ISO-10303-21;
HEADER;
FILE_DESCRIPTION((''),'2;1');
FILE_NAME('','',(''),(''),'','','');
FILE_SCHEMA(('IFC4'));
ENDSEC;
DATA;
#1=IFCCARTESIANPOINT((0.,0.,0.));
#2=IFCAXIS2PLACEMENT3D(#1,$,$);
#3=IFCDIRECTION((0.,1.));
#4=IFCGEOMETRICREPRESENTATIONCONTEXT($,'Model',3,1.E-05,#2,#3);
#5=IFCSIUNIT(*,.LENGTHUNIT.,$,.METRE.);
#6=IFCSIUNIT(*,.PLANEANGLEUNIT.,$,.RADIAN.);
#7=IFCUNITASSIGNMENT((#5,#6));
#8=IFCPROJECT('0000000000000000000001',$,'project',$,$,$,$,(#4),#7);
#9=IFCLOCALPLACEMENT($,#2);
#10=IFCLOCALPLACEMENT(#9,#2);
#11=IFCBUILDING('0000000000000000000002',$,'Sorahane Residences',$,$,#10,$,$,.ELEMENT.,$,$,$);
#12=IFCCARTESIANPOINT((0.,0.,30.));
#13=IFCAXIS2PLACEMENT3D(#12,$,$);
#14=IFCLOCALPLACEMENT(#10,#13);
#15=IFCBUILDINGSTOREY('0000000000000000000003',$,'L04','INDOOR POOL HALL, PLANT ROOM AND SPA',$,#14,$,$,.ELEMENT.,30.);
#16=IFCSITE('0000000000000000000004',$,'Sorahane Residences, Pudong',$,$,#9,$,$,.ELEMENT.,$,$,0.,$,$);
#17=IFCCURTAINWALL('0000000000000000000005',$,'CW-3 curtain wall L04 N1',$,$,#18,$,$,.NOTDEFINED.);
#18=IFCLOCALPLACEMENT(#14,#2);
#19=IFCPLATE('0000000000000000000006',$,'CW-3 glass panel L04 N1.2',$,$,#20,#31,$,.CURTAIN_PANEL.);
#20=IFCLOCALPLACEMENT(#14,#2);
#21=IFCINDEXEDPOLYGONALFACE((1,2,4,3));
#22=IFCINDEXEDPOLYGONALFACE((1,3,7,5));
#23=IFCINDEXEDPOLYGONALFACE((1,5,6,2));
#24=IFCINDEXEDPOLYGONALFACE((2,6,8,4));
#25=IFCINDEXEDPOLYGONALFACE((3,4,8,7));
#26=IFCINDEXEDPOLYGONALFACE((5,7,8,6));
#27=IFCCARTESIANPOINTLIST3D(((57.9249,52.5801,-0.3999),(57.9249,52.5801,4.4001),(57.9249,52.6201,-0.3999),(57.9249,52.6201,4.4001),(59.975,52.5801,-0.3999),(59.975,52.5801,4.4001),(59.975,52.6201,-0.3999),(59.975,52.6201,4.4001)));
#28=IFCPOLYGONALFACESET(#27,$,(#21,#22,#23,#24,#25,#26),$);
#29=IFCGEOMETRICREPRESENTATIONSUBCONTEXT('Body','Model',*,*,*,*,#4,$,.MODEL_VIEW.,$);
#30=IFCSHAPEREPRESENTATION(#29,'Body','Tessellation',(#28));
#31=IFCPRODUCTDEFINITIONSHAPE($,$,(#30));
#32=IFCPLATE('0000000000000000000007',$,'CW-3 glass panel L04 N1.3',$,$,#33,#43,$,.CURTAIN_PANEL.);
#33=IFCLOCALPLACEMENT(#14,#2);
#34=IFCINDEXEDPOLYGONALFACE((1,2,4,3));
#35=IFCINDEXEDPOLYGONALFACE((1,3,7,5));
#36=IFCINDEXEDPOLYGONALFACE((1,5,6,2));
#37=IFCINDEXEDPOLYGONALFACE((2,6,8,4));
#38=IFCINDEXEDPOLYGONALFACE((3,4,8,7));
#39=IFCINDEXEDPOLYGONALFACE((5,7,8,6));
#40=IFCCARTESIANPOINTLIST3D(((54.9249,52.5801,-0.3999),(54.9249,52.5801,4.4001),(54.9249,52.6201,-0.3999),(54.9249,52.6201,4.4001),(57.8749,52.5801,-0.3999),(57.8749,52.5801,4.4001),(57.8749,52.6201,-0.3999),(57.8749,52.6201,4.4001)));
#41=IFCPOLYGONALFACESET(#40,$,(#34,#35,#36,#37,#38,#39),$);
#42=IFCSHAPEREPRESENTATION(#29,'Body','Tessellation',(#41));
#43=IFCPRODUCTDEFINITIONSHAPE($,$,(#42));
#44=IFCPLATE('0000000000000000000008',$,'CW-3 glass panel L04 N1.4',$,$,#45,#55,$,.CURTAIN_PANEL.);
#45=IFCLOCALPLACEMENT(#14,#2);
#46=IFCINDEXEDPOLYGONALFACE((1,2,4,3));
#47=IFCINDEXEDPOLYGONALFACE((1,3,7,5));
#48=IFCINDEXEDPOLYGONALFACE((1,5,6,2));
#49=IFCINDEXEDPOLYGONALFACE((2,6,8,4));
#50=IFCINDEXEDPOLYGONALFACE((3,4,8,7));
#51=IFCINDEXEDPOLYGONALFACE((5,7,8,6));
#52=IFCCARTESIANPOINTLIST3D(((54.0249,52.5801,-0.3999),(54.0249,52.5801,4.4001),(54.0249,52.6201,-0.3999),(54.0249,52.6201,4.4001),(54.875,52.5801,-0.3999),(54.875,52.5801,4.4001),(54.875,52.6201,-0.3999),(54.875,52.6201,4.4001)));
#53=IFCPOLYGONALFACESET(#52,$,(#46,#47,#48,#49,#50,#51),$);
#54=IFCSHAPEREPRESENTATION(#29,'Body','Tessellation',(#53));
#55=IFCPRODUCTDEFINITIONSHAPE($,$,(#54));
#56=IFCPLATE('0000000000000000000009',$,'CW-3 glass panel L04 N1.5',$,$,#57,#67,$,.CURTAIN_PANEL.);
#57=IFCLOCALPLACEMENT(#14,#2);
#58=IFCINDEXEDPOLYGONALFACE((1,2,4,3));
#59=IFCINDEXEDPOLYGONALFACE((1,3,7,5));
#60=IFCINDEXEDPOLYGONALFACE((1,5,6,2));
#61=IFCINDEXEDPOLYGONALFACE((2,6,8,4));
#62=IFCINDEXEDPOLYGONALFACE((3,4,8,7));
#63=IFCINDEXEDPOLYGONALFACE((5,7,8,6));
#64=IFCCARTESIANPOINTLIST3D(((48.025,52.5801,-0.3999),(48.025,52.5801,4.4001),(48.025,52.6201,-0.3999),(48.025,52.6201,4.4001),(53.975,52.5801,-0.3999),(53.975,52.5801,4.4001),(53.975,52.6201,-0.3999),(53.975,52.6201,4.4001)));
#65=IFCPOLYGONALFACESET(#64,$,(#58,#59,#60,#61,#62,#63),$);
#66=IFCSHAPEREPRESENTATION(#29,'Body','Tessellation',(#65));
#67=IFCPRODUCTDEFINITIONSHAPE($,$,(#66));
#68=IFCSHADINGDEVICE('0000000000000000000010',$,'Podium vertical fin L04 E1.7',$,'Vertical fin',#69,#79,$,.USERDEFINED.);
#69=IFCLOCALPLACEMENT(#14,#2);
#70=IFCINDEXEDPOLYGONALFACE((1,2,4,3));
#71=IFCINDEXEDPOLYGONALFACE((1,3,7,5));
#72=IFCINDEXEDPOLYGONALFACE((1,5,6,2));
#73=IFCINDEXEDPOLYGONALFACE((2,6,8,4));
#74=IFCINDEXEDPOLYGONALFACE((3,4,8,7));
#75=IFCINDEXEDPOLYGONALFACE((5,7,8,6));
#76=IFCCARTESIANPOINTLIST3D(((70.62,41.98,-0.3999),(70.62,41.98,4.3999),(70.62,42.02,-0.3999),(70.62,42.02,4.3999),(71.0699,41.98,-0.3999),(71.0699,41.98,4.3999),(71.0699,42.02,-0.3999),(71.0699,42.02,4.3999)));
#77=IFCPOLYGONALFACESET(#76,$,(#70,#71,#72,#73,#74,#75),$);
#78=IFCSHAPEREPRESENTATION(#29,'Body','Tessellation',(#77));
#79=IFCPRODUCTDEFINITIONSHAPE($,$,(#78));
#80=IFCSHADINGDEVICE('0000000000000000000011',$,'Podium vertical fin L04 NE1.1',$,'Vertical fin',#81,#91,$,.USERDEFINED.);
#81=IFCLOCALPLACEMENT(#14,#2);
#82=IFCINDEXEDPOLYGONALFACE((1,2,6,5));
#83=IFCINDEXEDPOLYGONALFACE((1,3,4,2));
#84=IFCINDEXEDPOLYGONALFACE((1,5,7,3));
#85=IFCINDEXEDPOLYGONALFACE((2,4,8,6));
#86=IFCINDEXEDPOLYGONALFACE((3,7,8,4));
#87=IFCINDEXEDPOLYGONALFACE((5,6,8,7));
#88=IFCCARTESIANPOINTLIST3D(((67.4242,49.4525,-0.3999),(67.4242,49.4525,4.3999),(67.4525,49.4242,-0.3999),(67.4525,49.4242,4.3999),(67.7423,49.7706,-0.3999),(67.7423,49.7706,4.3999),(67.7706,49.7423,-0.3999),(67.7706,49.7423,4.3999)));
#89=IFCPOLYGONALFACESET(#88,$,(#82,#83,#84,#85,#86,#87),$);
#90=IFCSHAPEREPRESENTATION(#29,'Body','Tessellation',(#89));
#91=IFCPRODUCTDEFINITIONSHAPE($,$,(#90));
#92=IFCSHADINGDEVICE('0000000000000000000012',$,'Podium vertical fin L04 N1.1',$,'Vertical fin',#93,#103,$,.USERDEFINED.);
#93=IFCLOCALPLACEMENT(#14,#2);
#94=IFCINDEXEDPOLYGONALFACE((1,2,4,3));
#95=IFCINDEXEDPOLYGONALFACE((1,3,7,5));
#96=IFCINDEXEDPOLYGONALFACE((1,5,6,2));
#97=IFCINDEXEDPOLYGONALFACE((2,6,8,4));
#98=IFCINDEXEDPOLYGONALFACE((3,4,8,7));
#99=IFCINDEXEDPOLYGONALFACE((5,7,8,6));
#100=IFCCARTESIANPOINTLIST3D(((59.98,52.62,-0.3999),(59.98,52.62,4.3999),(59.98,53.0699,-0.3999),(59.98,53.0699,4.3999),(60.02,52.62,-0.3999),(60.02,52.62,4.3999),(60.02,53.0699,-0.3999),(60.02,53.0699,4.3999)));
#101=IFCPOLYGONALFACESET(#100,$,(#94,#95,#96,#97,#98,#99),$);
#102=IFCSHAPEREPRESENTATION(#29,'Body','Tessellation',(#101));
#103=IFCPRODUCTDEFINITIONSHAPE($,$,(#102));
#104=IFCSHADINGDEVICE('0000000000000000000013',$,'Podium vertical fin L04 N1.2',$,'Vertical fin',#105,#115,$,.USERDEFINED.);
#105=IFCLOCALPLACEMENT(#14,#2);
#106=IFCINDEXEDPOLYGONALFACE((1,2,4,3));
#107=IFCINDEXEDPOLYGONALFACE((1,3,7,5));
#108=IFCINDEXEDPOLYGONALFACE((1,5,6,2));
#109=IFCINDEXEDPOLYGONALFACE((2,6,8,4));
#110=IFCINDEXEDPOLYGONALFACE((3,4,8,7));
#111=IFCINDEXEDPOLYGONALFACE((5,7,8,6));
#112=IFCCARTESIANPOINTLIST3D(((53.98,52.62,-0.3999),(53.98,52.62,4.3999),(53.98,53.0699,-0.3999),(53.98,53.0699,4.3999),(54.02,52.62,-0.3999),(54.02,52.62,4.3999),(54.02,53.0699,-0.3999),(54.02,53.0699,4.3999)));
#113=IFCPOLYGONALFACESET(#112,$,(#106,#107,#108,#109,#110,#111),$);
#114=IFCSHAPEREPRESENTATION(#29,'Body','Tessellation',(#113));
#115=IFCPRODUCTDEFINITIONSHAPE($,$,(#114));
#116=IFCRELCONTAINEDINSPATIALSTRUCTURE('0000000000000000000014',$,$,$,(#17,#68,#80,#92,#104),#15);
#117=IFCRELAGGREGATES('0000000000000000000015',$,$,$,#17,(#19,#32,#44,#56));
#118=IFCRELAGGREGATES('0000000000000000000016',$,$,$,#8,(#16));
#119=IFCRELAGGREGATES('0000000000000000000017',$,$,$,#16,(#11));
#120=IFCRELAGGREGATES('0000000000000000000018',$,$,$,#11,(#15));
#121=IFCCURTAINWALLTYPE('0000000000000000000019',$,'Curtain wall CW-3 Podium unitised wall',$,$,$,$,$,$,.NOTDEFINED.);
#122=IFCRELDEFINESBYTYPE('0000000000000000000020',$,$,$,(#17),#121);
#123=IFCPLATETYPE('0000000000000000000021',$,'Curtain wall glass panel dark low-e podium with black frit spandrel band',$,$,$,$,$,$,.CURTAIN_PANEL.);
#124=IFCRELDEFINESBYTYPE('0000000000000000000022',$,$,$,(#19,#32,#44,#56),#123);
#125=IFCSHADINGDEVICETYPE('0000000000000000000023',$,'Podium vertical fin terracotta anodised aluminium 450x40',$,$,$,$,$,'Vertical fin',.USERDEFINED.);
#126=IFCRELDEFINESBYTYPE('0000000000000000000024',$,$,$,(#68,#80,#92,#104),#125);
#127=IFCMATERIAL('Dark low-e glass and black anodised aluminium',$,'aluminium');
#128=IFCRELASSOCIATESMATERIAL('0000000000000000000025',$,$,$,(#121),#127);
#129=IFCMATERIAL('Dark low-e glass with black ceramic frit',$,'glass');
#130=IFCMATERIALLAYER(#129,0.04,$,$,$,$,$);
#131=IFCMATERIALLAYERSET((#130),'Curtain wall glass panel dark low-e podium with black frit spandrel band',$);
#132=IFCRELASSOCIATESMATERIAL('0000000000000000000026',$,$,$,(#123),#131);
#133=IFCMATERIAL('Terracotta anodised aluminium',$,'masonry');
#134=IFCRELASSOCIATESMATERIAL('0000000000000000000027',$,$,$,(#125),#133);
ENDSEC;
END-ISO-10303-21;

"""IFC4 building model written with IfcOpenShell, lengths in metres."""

from ifc_helpers import new_model, si_unit, direction, frame, origin, origin_2d, place, context, subcontext, project, spatial, rectangle, extrude, material, layer, layer_set, material_profile, profile_set, type_object, element, aggregate, save


model = new_model("IFC4")

# Units and contexts
model_context = context("Model", 3, precision=1e-05, world=origin(), true_north=direction((0.0, 1.0)))
body_context = subcontext(model_context, "Body", "Model", "MODEL_VIEW")
ifc_project = project(units=[si_unit("LENGTHUNIT", "METRE"), si_unit("PLANEANGLEUNIT", "RADIAN")], contexts=[model_context])

# Site, building, storey
site_placement = place(None, origin())
site = spatial("IfcSite", under=ifc_project, at=site_placement, Name="Sorahane Residences, Pudong", CompositionType="ELEMENT", RefElevation=0.0)
building_placement = place(site_placement, origin())
building = spatial("IfcBuilding", under=site, at=building_placement, Name="Sorahane Residences", CompositionType="ELEMENT")
storey_placement = place(building_placement, frame((0.0, 0.0, 30.0)))
storey = spatial("IfcBuildingStorey", under=building, at=storey_placement, Name="L04", Description="INDOOR POOL HALL, PLANT ROOM AND SPA", CompositionType="ELEMENT", Elevation=30.0)

# Shared definitions
ifc_material_1 = material(Name="Dark low-e glass and black anodised aluminium", Category="aluminium")
curtain_wall_type = type_object("IfcCurtainWallType", Name="Curtain wall CW-3 Podium unitised wall", PredefinedType="NOTDEFINED", material=ifc_material_1)

# Curtain wall
curtain_wall_1_placement = place(storey_placement, origin())
curtain_wall_1 = element("IfcCurtainWall", 1, at=curtain_wall_1_placement, inside=storey, type_object=curtain_wall_type, Name="CW-3 curtain wall L04 N1", PredefinedType="NOTDEFINED")

# Plates
ifc_material_2 = material(Name="Dark low-e glass with black ceramic frit", Category="glass")
ifc_layer = layer(ifc_material_2, 0.04)
ifc_layer_set = layer_set([ifc_layer], Name="Curtain wall glass panel dark low-e podium with black frit spandrel band")
plate_type = type_object("IfcPlateType", Name="Curtain wall glass panel dark low-e podium with black frit spandrel band", PredefinedType="CURTAIN_PANEL", material=ifc_layer_set)
plate_1_placement = place(storey_placement, frame((58.95, 52.6001, -0.3999), z_axis=(0.0, 0.0, 1.0), x_axis=(-1.0, 0.0, 0.0)))
plate_1 = element("IfcPlate", 2, at=plate_1_placement, type_object=plate_type, Name="CW-3 glass panel L04 N1.2", PredefinedType="CURTAIN_PANEL", context=body_context, shape_type="SweptSolid", body=[
    extrude(rectangle(XDim=2.05, YDim=0.04, at=origin_2d()), origin(), (0.0, 0.0, 1.0), 4.8),
])
plate_2_placement = place(storey_placement, frame((56.3999, 52.6001, -0.3999), z_axis=(0.0, 0.0, 1.0), x_axis=(-1.0, 0.0, 0.0)))
plate_2 = element("IfcPlate", 3, at=plate_2_placement, type_object=plate_type, Name="CW-3 glass panel L04 N1.3", PredefinedType="CURTAIN_PANEL", context=body_context, shape_type="SweptSolid", body=[
    extrude(rectangle(XDim=2.95, YDim=0.04, at=origin_2d()), origin(), (0.0, 0.0, 1.0), 4.8),
])
plate_3_placement = place(storey_placement, frame((54.45, 52.6001, -0.3999), z_axis=(0.0, 0.0, 1.0), x_axis=(-1.0, 0.0, 0.0)))
plate_3 = element("IfcPlate", 4, at=plate_3_placement, type_object=plate_type, Name="CW-3 glass panel L04 N1.4", PredefinedType="CURTAIN_PANEL", context=body_context, shape_type="SweptSolid", body=[
    extrude(rectangle(XDim=0.8501, YDim=0.04, at=origin_2d()), origin(), (0.0, 0.0, 1.0), 4.8),
])
plate_4_placement = place(storey_placement, frame((51.0, 52.6001, -0.3999), z_axis=(0.0, 0.0, 1.0), x_axis=(-1.0, 0.0, 0.0)))
plate_4 = element("IfcPlate", 5, at=plate_4_placement, type_object=plate_type, Name="CW-3 glass panel L04 N1.5", PredefinedType="CURTAIN_PANEL", context=body_context, shape_type="SweptSolid", body=[
    extrude(rectangle(XDim=5.95, YDim=0.04, at=origin_2d()), origin(), (0.0, 0.0, 1.0), 4.8),
])
aggregate(curtain_wall_1, [plate_1, plate_2, plate_3, plate_4])

# Shading devices
ifc_material_3 = material(Name="Terracotta anodised aluminium", Category="masonry")
ifc_material_profile_1 = material_profile(ifc_material_3, rectangle(XDim=0.45, YDim=0.04, at=origin_2d()), Name="Podium vertical fin terracotta anodised aluminium 450x40")
ifc_profile_set_1 = profile_set([ifc_material_profile_1], Name="Terracotta anodised aluminium")
shading_device_type = type_object("IfcShadingDeviceType", Name="Podium vertical fin terracotta anodised aluminium 450x40", ElementType="Vertical fin", PredefinedType="USERDEFINED", material=ifc_profile_set_1)
for number, where, z_axis, x_axis, name in (
    (6, (70.845, 42.0, -0.3999), (0.0, 0.0, 1.0), (1.0, 0.0, 0.0), "Podium vertical fin L04 E1.7"),
    (7, (67.5974, 49.5974, -0.3999), (0.0, 0.0, 1.0), (0.707107, 0.707107, 0.0), "Podium vertical fin L04 NE1.1"),
    (8, (60.0, 52.845, -0.3999), (0.0, 0.0, 1.0), (0.0, 1.0, 0.0), "Podium vertical fin L04 N1.1"),
    (9, (54.0, 52.845, -0.3999), (0.0, 0.0, 1.0), (0.0, 1.0, 0.0), "Podium vertical fin L04 N1.2"),
):
    element("IfcShadingDevice", number, at=place(storey_placement, frame(where, z_axis=z_axis, x_axis=x_axis)), inside=storey, type_object=shading_device_type, Name=name, ObjectType="Vertical fin", PredefinedType="USERDEFINED", context=body_context, shape_type="SweptSolid", body=[
        extrude(rectangle(XDim=0.45, YDim=0.04, at=origin_2d()), origin(), (0.0, 0.0, 1.0), 4.7998),
    ])

save(model, "model.ifc")
